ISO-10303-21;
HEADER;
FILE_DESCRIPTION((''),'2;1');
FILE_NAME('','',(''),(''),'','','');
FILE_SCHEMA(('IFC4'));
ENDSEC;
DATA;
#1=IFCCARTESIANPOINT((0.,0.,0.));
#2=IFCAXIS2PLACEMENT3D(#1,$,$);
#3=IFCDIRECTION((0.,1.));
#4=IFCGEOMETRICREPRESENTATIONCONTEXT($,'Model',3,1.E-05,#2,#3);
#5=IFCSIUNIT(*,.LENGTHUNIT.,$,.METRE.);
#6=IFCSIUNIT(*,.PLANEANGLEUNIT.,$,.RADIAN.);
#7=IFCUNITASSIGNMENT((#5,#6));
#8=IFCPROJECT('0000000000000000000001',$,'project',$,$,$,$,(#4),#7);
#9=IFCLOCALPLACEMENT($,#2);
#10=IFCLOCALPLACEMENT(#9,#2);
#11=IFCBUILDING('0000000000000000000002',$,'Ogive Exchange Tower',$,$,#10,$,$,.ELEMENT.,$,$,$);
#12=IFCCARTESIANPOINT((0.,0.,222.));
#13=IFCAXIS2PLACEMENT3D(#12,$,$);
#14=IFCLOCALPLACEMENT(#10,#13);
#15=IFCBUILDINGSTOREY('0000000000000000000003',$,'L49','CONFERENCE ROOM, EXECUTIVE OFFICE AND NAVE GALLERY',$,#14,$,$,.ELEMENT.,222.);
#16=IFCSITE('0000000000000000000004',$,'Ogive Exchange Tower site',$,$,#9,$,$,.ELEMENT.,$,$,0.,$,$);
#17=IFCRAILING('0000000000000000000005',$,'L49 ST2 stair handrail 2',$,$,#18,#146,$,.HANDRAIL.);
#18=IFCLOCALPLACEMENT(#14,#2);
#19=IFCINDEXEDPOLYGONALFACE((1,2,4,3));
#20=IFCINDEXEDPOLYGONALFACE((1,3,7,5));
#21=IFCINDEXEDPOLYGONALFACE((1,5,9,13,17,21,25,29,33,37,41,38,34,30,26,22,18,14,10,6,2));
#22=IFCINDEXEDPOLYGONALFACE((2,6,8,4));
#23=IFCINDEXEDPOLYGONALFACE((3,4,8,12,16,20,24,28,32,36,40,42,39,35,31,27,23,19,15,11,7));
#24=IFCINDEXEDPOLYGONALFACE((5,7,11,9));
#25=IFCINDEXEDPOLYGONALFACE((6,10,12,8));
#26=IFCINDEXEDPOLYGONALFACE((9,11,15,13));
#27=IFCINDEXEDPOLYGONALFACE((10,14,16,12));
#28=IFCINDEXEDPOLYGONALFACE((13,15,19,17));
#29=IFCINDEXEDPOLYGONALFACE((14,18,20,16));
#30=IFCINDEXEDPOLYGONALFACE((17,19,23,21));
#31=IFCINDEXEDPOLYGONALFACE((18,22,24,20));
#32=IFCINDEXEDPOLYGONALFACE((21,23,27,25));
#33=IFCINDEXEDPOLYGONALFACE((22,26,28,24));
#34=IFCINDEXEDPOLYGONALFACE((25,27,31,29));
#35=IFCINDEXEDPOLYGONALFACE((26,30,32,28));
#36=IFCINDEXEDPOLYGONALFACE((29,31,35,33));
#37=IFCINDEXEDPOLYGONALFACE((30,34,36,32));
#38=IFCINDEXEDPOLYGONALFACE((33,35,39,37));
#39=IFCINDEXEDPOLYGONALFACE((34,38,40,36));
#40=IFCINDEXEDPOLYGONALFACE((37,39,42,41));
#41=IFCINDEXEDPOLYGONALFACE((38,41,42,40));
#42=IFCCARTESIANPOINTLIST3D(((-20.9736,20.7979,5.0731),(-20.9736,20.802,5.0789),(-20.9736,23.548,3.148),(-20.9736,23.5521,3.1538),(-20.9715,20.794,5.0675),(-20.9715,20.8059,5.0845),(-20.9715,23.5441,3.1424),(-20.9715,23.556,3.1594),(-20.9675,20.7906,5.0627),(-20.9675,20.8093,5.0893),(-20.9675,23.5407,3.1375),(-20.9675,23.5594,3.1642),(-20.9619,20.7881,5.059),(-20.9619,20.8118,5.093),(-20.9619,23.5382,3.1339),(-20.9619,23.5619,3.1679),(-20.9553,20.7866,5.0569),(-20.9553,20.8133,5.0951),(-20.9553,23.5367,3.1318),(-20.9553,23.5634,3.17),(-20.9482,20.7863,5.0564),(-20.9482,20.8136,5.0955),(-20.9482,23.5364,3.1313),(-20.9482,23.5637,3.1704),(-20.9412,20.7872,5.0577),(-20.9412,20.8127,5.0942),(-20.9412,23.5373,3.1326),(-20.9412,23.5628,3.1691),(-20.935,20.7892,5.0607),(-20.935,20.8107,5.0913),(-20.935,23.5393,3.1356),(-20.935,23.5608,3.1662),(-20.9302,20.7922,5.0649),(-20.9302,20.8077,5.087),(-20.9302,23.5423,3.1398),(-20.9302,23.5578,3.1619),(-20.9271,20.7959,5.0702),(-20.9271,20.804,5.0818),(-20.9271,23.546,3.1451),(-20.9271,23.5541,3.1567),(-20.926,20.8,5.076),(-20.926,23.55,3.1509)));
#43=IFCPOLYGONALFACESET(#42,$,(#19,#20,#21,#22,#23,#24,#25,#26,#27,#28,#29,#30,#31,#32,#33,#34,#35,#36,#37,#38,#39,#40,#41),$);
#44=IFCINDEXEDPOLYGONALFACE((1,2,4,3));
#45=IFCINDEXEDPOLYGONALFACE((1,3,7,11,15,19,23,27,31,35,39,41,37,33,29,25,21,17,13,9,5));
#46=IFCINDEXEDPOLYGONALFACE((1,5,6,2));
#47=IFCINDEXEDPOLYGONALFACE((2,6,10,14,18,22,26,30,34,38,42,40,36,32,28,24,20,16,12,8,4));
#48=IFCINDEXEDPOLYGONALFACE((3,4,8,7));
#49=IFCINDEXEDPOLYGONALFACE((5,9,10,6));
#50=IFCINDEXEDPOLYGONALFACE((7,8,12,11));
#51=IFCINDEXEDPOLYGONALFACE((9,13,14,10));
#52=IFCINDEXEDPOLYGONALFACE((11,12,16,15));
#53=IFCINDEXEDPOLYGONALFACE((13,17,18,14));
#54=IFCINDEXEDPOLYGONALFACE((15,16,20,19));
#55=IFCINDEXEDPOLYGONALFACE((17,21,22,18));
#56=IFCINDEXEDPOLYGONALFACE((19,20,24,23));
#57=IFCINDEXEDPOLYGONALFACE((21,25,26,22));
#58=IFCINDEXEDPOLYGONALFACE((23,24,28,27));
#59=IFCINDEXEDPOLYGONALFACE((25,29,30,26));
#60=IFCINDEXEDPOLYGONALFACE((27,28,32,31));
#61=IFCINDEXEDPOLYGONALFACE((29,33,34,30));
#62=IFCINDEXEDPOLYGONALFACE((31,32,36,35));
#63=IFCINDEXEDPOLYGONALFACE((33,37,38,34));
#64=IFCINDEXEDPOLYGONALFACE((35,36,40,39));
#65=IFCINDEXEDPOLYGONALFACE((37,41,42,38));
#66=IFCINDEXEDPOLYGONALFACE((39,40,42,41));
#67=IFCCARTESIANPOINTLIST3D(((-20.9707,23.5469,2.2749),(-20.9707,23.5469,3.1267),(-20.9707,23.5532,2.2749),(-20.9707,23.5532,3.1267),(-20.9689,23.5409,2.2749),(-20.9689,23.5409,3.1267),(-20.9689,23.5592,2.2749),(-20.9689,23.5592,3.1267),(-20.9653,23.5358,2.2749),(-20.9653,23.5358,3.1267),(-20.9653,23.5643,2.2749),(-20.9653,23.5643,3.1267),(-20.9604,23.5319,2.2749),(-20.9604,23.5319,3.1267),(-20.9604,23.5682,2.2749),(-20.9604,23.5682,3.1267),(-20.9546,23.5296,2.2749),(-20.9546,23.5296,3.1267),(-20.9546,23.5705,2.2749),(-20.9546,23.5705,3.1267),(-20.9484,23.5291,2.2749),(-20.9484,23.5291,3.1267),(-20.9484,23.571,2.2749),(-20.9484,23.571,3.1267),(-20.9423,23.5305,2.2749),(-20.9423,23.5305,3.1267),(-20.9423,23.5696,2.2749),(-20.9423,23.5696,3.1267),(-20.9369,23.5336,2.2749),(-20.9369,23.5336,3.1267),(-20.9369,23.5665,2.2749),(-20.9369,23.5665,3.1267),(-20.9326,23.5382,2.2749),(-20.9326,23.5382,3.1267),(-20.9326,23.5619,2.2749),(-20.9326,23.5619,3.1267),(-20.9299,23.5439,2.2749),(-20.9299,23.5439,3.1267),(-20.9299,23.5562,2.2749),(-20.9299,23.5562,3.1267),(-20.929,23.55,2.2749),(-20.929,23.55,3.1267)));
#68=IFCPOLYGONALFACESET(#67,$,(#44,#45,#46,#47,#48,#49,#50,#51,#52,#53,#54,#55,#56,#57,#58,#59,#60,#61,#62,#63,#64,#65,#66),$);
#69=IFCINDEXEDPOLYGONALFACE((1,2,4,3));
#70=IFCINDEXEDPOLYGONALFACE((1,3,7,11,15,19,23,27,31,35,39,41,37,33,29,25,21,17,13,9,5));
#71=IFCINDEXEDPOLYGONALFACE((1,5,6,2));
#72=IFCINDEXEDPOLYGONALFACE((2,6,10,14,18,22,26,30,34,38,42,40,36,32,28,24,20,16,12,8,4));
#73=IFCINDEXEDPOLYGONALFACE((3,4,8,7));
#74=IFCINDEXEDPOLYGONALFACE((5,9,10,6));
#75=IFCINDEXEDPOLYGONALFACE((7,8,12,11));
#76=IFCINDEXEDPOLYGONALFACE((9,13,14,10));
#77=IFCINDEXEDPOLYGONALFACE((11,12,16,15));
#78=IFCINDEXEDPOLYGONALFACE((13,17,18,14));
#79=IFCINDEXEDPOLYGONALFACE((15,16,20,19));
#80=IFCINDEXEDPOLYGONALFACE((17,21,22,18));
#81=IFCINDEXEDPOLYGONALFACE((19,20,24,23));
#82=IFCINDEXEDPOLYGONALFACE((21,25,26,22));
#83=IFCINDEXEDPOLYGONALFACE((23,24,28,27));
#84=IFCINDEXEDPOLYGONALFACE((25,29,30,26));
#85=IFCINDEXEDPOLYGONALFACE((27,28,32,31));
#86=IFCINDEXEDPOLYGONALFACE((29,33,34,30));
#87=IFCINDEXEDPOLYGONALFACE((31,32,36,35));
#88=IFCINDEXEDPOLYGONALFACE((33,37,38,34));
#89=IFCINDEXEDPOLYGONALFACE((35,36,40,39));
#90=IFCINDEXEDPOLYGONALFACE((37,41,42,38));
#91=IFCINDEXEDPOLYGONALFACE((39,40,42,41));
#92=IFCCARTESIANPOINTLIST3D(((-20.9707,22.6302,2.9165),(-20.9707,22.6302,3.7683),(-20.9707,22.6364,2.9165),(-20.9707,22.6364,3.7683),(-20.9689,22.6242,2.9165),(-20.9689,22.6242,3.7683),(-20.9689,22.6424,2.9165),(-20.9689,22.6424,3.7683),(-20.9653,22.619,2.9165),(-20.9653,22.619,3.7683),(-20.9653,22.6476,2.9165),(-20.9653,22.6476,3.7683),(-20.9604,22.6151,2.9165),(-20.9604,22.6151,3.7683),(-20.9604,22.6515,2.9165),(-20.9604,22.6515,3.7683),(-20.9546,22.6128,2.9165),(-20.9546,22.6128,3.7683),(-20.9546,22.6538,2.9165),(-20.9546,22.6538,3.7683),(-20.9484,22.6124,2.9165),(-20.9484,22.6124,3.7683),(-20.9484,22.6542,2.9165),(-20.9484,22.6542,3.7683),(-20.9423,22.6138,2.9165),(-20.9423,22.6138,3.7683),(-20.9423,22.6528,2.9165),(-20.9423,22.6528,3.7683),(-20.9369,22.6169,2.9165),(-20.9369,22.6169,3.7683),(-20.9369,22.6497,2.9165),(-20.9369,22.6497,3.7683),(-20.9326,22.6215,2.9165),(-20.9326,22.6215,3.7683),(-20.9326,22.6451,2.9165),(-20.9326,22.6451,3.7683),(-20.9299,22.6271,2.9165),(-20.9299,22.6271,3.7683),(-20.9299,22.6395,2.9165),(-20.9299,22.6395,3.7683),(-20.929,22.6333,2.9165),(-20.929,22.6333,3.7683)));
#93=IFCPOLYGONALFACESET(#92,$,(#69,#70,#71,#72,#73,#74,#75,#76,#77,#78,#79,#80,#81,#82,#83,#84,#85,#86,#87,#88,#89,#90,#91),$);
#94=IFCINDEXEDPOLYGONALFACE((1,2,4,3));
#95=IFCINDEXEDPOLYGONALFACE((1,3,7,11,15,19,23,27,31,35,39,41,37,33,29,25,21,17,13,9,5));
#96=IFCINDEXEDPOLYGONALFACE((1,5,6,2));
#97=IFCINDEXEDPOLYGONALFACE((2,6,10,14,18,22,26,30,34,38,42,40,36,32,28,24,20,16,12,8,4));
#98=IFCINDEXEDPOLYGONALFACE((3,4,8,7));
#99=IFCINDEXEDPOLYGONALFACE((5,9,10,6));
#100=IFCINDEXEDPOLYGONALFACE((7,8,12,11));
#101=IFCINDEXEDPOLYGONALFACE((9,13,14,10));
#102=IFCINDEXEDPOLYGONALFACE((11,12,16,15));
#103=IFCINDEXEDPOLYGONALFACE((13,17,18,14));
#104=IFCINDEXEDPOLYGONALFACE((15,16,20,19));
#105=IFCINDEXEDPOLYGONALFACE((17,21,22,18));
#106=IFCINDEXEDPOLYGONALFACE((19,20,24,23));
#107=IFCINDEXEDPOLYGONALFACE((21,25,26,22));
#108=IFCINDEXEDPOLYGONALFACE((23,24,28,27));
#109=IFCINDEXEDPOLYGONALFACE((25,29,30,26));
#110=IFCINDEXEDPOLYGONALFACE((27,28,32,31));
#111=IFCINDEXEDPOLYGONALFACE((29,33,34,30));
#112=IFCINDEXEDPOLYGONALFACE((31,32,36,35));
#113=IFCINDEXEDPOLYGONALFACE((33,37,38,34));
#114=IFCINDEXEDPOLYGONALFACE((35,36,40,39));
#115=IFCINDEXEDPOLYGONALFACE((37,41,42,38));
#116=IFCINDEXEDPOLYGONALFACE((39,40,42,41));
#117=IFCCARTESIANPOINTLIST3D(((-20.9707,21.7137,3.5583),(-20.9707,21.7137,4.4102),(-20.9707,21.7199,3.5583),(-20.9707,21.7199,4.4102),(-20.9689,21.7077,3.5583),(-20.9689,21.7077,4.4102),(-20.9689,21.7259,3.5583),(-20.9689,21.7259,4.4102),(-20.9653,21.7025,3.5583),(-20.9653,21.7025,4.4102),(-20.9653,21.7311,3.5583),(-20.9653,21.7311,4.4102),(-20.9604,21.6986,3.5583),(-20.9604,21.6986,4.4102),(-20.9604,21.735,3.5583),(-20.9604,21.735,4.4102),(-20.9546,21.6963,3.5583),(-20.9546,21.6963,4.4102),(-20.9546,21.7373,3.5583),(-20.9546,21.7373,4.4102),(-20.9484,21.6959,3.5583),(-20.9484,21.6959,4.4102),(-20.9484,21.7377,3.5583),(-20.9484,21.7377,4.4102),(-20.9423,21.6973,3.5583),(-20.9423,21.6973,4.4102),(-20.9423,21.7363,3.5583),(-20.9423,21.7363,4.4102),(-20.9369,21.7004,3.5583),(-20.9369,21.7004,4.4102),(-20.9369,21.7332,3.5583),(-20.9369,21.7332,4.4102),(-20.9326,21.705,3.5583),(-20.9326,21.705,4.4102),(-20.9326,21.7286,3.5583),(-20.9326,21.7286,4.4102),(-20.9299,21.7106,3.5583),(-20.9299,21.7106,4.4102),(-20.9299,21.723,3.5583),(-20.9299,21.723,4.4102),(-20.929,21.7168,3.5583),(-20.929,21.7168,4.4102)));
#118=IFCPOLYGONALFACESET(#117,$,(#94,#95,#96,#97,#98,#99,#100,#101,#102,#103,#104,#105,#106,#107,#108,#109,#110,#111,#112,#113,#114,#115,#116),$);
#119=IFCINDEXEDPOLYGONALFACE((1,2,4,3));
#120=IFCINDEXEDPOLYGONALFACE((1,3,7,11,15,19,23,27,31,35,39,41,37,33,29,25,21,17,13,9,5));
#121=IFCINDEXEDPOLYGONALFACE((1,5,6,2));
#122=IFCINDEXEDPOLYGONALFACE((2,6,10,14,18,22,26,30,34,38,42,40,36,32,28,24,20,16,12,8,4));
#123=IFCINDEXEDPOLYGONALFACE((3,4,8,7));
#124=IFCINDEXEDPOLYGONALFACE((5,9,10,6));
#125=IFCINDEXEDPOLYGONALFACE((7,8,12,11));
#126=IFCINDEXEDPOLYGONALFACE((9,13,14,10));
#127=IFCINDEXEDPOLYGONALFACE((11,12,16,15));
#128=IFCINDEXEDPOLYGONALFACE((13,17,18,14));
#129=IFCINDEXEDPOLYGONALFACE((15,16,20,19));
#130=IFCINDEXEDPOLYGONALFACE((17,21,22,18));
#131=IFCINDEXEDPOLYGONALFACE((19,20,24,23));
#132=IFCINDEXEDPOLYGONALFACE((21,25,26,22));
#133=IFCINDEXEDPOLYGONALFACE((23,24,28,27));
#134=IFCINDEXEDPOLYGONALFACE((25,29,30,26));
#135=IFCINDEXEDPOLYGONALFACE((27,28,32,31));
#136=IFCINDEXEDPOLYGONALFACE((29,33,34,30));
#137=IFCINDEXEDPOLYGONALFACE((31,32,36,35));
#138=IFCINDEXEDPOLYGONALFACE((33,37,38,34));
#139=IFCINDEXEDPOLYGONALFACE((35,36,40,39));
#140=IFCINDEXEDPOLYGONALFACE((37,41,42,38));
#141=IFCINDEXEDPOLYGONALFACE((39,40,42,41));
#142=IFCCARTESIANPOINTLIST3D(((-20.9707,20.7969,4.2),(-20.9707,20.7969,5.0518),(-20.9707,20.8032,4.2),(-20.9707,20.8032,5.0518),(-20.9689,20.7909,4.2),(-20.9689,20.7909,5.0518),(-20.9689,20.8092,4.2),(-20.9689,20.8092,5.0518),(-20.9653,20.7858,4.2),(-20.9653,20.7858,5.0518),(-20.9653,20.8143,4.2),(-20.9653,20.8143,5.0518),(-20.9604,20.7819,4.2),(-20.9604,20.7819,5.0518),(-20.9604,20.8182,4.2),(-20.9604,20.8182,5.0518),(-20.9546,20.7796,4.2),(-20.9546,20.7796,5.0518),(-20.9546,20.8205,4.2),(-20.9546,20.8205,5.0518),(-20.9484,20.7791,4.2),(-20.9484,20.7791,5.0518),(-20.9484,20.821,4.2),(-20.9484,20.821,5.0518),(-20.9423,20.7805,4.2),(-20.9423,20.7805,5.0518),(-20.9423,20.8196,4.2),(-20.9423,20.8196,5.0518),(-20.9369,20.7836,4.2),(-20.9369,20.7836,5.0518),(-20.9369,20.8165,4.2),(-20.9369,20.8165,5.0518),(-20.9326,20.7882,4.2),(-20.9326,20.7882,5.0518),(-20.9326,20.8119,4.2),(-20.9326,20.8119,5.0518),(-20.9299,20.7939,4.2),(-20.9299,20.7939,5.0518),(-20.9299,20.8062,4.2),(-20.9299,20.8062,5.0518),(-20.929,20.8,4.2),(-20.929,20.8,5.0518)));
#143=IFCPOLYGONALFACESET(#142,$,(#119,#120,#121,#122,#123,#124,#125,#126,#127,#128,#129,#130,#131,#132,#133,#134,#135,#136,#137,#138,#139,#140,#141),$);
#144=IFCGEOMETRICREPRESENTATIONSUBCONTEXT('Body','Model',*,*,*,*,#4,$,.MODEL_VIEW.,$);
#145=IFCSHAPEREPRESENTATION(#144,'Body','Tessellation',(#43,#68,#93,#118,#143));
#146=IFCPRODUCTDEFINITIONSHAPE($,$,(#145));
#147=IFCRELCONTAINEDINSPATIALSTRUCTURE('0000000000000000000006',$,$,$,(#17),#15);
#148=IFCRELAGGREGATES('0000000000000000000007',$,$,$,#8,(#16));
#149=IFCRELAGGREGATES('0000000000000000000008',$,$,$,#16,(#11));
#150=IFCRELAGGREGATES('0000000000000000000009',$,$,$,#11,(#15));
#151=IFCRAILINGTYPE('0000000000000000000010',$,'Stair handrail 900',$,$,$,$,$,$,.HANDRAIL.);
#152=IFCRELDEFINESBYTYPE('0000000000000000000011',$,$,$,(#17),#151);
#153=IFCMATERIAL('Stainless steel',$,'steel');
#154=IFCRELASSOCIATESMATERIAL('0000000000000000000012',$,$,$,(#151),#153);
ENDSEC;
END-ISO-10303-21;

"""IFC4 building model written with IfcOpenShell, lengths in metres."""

from ifc_helpers import new_model, si_unit, direction, frame, origin, origin_2d, place, context, subcontext, project, spatial, circle, extrude, material, type_object, element, save


model = new_model("IFC4")

# Units and contexts
model_context = context("Model", 3, precision=1e-05, world=origin(), true_north=direction((0.0, 1.0)))
body_context = subcontext(model_context, "Body", "Model", "MODEL_VIEW")
ifc_project = project(units=[si_unit("LENGTHUNIT", "METRE"), si_unit("PLANEANGLEUNIT", "RADIAN")], contexts=[model_context])

# Site, building, storey
site_placement = place(None, origin())
site = spatial("IfcSite", under=ifc_project, at=site_placement, Name="Ogive Exchange Tower site", CompositionType="ELEMENT", RefElevation=0.0)
building_placement = place(site_placement, origin())
building = spatial("IfcBuilding", under=site, at=building_placement, Name="Ogive Exchange Tower", CompositionType="ELEMENT")
storey_placement = place(building_placement, frame((0.0, 0.0, 222.0)))
storey = spatial("IfcBuildingStorey", under=building, at=storey_placement, Name="L49", Description="CONFERENCE ROOM, EXECUTIVE OFFICE AND NAVE GALLERY", CompositionType="ELEMENT", Elevation=222.0)

# Shared definitions
ifc_material_1 = material(Name="Stainless steel", Category="steel")

# Railing
railing_type = type_object("IfcRailingType", Name="Stair handrail 900", PredefinedType="HANDRAIL", material=ifc_material_1)
railing_1_placement = place(storey_placement, frame((-20.95, 23.55, 2.2749)))
element("IfcRailing", 1, at=railing_1_placement, inside=storey, type_object=railing_type, Name="L49 ST2 stair handrail 2", PredefinedType="HANDRAIL", context=body_context, shape_type="SweptSolid", body=[
    extrude(circle(Radius=0.0239, at=origin_2d()), frame((0.0, 0.0, 0.876), z_axis=(0.0, -0.819225, 0.573472), x_axis=(1.0, 0.0, 0.0)), (0.0, 0.0, 1.0), 3.3569),
    extrude(circle(Radius=0.021, at=origin_2d()), origin(), (0.0, 0.0, 1.0), 0.8518),
    extrude(circle(Radius=0.021, at=origin_2d()), frame((0.0, -0.9167, 0.6416)), (0.0, 0.0, 1.0), 0.8518),
    extrude(circle(Radius=0.021, at=origin_2d()), frame((0.0, -1.8333, 1.2834)), (0.0, 0.0, 1.0), 0.8518),
    extrude(circle(Radius=0.021, at=origin_2d()), frame((0.0, -2.75, 1.925)), (0.0, 0.0, 1.0), 0.8518),
])

save(model, "model.ifc")
